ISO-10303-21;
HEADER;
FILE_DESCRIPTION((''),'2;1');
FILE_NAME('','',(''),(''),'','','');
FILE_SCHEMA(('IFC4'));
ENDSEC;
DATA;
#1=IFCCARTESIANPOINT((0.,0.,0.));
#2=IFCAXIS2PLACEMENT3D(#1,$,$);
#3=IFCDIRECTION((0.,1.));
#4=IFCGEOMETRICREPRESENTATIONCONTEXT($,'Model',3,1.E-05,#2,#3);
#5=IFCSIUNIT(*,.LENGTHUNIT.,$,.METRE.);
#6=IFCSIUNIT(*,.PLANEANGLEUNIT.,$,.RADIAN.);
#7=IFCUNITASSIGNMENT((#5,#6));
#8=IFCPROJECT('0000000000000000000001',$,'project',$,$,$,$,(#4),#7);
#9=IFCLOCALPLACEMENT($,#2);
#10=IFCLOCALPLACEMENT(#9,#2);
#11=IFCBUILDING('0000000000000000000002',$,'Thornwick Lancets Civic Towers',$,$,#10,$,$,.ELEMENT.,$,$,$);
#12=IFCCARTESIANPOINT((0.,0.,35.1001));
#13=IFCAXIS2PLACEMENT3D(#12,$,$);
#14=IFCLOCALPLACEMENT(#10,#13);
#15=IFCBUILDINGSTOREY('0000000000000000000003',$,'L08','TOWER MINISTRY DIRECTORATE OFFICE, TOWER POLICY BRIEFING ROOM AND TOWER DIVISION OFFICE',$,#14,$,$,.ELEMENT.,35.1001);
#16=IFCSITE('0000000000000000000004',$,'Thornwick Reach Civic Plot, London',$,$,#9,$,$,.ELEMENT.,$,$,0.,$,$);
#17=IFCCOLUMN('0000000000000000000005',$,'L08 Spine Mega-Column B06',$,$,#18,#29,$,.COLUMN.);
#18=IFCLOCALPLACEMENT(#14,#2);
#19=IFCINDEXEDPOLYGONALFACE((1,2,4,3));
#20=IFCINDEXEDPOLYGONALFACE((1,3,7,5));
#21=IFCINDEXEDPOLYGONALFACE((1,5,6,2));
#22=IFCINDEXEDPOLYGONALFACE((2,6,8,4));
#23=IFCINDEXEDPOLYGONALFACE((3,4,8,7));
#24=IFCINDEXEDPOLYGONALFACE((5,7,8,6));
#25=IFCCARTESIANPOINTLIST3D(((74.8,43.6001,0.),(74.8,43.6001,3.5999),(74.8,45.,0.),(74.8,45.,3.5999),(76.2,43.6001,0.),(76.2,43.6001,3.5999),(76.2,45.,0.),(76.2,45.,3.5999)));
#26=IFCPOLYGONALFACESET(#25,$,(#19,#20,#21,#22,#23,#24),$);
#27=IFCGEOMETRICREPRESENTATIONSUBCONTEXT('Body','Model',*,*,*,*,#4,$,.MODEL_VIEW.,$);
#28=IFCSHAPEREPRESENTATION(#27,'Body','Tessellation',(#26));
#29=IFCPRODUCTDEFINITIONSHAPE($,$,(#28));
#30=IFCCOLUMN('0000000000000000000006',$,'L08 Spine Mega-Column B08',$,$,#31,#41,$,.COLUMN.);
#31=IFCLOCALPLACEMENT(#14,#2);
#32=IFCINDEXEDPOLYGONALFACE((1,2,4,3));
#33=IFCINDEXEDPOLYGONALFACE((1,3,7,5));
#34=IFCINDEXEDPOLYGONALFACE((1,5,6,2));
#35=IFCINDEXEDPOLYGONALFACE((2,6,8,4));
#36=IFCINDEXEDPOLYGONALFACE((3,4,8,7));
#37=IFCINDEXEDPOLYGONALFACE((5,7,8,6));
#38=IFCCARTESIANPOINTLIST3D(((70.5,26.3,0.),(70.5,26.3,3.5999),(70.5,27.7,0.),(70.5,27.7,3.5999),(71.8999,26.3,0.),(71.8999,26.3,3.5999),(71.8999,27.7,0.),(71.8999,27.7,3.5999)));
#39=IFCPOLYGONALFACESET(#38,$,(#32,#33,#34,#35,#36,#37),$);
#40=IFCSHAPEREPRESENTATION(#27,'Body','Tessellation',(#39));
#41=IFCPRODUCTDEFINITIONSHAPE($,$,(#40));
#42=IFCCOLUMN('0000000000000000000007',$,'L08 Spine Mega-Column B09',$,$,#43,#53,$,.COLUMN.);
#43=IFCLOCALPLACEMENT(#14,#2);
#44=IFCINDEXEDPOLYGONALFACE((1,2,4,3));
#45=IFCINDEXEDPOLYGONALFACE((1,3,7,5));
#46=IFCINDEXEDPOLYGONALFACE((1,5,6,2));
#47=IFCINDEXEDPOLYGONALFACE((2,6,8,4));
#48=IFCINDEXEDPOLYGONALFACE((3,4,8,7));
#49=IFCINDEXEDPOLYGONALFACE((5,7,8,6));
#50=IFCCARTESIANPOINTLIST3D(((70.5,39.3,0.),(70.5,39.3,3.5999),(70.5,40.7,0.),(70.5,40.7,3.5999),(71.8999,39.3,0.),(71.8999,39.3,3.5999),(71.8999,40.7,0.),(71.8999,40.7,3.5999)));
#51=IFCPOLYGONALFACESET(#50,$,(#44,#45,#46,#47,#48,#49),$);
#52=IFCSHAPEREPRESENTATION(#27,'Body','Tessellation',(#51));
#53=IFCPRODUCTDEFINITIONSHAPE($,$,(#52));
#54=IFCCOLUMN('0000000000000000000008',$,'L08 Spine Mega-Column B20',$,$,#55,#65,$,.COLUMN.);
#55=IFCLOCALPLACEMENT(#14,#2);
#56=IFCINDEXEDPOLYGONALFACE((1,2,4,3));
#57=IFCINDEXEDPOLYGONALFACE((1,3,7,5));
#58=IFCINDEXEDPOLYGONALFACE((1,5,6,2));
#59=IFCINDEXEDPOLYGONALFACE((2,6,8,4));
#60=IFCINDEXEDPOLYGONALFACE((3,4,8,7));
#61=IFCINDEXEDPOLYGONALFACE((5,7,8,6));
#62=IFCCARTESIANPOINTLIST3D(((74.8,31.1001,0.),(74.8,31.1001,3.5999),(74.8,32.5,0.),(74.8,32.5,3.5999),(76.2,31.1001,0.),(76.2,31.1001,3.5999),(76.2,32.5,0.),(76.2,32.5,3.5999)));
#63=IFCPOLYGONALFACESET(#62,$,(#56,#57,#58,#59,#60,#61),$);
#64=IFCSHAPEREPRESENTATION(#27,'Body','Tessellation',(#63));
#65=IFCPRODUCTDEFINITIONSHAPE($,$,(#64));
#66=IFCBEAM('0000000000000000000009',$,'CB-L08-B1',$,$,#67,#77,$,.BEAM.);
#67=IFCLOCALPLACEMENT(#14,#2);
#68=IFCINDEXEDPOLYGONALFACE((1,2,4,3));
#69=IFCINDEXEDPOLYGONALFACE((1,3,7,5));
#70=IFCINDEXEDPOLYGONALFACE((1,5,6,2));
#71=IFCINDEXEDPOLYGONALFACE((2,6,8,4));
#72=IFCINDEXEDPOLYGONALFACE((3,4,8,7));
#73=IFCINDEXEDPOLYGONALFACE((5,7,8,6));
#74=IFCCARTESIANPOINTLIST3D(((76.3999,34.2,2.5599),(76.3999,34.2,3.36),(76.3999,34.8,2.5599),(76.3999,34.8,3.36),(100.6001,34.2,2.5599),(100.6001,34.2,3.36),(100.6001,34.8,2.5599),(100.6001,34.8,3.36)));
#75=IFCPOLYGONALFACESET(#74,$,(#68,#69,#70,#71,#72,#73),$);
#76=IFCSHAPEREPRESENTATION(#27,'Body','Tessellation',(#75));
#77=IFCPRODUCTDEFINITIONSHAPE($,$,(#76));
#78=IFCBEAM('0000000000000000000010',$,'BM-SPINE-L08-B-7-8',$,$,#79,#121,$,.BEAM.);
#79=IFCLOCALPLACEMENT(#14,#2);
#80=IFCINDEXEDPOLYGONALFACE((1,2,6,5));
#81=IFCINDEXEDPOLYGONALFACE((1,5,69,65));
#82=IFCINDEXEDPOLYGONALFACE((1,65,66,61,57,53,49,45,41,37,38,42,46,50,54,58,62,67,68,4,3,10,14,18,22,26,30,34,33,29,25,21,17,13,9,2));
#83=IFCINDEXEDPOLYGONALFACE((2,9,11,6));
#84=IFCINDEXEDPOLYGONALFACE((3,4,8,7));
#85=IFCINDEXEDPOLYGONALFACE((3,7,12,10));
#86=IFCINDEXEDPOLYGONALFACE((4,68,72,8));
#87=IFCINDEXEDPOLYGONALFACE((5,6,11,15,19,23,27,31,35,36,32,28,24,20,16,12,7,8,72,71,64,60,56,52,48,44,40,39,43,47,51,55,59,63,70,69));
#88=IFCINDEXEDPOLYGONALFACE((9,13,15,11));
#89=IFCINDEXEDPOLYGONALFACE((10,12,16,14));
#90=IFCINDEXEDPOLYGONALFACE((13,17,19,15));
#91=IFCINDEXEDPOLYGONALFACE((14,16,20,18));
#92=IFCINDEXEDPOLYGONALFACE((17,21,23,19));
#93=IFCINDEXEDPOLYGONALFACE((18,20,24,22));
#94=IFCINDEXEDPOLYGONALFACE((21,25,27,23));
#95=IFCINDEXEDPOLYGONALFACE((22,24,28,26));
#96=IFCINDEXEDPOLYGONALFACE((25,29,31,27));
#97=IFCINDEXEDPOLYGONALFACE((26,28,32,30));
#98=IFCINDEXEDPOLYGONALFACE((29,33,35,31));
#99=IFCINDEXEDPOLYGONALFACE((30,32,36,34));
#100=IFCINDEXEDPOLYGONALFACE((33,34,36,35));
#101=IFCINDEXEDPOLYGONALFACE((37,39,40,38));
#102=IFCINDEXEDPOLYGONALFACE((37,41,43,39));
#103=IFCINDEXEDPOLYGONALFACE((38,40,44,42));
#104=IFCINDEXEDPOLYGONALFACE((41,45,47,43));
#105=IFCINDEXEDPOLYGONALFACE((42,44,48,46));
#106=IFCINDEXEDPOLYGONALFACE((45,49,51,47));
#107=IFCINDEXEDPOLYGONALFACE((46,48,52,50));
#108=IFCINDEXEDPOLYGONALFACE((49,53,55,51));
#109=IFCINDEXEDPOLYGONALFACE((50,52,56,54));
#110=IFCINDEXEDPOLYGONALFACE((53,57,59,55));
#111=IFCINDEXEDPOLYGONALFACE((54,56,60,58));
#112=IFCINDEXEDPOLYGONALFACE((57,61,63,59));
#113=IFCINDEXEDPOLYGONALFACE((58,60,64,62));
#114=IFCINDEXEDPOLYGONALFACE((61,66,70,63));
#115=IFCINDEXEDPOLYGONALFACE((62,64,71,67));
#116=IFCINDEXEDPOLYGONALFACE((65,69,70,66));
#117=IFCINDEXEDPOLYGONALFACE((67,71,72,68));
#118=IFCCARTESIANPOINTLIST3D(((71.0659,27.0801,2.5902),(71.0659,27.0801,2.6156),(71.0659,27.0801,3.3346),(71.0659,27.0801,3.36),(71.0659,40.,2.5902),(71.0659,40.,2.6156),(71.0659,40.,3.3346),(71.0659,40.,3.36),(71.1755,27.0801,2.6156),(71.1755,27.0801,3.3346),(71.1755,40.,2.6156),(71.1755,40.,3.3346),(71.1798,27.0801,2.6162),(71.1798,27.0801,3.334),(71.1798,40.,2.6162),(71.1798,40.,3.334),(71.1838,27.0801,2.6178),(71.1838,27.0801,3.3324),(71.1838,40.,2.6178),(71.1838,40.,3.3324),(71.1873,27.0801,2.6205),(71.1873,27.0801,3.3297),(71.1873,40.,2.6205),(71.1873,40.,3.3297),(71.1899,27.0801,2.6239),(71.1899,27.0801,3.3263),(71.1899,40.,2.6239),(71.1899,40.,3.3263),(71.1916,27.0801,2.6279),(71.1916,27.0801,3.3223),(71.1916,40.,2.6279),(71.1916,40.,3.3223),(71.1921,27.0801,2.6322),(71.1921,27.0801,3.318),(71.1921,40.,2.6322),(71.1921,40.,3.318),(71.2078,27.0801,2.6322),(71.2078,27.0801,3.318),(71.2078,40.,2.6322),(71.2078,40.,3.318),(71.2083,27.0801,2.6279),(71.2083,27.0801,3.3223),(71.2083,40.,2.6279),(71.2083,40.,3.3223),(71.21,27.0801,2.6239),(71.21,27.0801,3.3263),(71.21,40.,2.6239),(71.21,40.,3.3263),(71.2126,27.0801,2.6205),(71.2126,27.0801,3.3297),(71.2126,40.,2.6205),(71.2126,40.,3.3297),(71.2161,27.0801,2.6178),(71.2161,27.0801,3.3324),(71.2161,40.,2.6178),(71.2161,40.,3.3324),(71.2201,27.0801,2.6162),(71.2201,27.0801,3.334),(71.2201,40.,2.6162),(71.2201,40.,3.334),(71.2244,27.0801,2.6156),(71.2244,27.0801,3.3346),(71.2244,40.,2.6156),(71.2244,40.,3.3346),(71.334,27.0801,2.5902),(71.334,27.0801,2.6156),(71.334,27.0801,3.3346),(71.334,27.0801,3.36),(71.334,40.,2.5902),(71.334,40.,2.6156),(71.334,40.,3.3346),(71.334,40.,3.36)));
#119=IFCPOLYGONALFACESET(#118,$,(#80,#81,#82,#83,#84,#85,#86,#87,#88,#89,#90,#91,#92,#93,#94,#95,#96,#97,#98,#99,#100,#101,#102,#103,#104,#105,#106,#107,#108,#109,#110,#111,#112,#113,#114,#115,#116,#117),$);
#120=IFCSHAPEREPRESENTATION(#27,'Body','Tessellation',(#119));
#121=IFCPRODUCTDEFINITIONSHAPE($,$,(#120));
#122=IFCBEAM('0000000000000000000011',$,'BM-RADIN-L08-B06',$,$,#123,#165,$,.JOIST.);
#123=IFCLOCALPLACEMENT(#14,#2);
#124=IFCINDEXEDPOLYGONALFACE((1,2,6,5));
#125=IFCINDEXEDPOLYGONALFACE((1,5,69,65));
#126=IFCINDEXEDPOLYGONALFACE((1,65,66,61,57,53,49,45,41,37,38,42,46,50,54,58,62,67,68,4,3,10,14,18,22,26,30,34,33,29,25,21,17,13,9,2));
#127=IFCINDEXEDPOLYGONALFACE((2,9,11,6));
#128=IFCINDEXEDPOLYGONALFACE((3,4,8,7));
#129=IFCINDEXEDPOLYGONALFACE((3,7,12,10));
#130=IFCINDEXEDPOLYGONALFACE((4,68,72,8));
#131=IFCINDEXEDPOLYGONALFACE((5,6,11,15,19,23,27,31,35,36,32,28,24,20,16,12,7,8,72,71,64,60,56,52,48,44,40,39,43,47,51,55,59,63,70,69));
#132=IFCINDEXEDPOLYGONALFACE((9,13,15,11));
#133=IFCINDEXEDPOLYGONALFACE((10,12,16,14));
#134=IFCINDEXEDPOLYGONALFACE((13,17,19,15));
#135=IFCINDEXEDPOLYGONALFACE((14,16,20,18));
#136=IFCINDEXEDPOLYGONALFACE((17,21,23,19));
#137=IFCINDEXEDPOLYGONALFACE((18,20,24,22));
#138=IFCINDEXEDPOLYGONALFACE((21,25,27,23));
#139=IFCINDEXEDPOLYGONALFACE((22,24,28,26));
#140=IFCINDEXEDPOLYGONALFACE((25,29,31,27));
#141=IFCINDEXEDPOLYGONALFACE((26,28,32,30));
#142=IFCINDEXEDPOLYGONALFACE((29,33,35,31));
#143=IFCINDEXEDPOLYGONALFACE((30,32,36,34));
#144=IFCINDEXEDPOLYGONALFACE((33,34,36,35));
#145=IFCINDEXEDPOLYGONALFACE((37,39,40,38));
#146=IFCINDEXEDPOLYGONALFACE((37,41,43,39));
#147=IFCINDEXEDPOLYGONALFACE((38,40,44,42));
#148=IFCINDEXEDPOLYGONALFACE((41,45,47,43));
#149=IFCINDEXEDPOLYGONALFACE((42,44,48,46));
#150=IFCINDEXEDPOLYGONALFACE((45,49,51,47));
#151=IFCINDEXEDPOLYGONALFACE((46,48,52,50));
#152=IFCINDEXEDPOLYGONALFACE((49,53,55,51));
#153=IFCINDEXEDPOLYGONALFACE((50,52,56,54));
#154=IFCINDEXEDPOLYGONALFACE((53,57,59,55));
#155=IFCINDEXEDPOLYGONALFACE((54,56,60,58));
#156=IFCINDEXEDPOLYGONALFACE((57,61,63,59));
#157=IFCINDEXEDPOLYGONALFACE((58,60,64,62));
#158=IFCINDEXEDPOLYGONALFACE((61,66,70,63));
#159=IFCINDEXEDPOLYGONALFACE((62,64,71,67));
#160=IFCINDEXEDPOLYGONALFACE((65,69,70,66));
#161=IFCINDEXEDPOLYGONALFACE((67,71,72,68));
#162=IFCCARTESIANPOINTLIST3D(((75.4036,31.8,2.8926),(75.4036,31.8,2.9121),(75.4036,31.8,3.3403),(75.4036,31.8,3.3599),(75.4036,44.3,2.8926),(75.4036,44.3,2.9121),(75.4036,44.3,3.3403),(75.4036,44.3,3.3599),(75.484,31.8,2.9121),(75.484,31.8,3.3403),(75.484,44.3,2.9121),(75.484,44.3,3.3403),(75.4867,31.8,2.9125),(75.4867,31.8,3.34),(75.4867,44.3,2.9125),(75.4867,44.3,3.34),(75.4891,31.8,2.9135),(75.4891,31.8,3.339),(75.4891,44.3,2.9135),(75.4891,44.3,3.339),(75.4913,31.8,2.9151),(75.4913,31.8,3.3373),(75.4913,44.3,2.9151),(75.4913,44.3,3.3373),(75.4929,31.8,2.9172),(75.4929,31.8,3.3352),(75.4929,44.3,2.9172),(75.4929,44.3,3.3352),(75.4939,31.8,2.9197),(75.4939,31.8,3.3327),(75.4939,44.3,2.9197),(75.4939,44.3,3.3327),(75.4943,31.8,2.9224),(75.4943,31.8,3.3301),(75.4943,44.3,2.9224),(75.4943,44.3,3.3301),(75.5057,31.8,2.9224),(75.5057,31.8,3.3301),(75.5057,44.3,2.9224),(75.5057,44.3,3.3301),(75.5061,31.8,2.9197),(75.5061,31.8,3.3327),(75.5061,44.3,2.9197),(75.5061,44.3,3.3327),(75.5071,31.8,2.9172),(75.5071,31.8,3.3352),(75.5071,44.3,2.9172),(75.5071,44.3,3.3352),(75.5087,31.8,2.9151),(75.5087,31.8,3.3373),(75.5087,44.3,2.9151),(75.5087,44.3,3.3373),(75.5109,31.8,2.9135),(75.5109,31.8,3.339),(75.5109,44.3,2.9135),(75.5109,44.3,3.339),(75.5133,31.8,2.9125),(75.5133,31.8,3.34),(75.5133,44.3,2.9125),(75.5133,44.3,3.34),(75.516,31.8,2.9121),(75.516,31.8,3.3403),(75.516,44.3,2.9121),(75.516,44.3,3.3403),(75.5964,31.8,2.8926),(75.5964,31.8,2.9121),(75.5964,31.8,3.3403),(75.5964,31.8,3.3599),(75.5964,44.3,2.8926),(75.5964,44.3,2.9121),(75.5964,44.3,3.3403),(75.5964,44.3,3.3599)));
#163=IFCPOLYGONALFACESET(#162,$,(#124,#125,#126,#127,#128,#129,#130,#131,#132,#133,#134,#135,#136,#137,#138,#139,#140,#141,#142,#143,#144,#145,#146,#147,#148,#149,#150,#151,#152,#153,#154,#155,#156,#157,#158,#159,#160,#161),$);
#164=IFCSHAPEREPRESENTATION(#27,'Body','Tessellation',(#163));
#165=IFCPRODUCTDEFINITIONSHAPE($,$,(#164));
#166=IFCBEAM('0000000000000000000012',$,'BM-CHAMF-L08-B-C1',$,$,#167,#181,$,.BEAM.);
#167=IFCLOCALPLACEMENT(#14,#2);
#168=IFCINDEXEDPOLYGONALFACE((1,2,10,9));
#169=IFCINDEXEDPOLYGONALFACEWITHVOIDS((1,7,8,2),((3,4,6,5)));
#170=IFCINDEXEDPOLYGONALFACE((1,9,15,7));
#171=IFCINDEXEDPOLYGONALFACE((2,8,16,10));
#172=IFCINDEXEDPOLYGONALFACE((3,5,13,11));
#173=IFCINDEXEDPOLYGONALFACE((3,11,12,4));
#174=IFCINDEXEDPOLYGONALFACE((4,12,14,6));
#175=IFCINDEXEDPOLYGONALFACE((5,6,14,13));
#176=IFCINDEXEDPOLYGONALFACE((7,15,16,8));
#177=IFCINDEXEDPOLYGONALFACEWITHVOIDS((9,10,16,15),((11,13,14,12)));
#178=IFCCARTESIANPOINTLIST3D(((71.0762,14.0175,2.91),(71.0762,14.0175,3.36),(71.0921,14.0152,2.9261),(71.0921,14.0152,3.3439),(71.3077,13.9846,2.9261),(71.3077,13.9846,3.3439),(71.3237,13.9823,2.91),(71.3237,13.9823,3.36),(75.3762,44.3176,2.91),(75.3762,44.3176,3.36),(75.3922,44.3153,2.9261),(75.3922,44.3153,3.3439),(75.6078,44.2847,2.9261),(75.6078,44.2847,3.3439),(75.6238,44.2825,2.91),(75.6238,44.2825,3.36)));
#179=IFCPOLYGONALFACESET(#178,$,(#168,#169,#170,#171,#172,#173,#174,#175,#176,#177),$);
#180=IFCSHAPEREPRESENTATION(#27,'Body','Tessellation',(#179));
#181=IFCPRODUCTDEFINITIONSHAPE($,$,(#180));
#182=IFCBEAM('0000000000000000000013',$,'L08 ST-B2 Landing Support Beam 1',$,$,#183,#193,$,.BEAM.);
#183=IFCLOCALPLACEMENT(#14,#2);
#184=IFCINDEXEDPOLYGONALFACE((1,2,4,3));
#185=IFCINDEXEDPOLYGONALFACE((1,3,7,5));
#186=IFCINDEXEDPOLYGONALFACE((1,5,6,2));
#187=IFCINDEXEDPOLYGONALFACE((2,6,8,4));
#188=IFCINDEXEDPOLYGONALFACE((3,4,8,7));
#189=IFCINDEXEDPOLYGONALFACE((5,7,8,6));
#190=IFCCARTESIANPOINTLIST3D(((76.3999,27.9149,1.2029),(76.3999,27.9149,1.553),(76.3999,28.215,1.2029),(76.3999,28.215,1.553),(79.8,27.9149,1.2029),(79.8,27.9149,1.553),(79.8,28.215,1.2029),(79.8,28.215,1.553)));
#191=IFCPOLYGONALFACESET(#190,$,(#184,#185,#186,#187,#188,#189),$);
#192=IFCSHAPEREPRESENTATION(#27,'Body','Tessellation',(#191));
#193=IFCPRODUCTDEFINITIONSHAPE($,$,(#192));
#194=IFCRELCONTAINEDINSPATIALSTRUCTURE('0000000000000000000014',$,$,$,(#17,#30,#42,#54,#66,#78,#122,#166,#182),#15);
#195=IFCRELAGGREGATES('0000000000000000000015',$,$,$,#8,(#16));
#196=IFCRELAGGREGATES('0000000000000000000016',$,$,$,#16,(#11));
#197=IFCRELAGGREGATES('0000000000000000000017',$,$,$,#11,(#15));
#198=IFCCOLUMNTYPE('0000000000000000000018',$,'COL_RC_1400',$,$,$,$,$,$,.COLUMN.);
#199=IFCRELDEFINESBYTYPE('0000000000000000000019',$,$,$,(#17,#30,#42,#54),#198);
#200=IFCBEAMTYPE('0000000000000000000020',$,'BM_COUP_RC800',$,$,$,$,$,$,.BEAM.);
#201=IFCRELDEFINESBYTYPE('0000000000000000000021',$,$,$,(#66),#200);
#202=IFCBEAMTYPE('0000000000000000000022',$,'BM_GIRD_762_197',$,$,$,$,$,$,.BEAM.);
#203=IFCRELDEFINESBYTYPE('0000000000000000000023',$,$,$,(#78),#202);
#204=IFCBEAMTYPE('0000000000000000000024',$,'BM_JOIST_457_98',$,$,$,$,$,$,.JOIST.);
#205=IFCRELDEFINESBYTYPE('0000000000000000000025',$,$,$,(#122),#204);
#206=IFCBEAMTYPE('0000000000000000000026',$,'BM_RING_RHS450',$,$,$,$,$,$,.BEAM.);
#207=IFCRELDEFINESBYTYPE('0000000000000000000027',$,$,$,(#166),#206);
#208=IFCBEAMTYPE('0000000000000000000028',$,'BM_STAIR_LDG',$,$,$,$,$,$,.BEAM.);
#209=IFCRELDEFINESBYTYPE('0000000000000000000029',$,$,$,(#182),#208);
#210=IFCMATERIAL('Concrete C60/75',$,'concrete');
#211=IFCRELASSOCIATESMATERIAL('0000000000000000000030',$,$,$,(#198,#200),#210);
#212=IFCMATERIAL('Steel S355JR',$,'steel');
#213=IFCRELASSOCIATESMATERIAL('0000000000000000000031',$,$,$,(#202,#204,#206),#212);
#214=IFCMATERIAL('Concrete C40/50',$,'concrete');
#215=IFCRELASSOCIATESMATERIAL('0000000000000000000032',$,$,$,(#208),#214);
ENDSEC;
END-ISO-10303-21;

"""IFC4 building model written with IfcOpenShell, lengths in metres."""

from ifc_helpers import new_model, si_unit, direction, frame, origin, origin_2d, place, context, subcontext, project, spatial, rectangle, hollow_rectangle, i_section, extrude, material, material_profile, profile_set, type_object, element, save


model = new_model("IFC4")

# Units and contexts
model_context = context("Model", 3, precision=1e-05, world=origin(), true_north=direction((0.0, 1.0)))
body_context = subcontext(model_context, "Body", "Model", "MODEL_VIEW")
ifc_project = project(units=[si_unit("LENGTHUNIT", "METRE"), si_unit("PLANEANGLEUNIT", "RADIAN")], contexts=[model_context])

# Site, building, storey
site_placement = place(None, origin())
site = spatial("IfcSite", under=ifc_project, at=site_placement, Name="Thornwick Reach Civic Plot, London", CompositionType="ELEMENT", RefElevation=0.0)
building_placement = place(site_placement, origin())
building = spatial("IfcBuilding", under=site, at=building_placement, Name="Thornwick Lancets Civic Towers", CompositionType="ELEMENT")
storey_placement = place(building_placement, frame((0.0, 0.0, 35.1001)))
storey = spatial("IfcBuildingStorey", under=building, at=storey_placement, Name="L08", Description="TOWER MINISTRY DIRECTORATE OFFICE, TOWER POLICY BRIEFING ROOM AND TOWER DIVISION OFFICE", CompositionType="ELEMENT", Elevation=35.1001)

# Columns
ifc_material_1 = material(Name="Concrete C60/75", Category="concrete")
ifc_material_profile_1 = material_profile(ifc_material_1, rectangle(XDim=1.3999, YDim=1.3999, at=origin_2d()), Name="RC 1400x1400")
ifc_profile_set_1 = profile_set([ifc_material_profile_1], Name="Concrete C60/75")
column_type = type_object("IfcColumnType", Name="COL_RC_1400", PredefinedType="COLUMN", material=ifc_profile_set_1)
for number, where, z_axis, x_axis, name in (
    (1, (75.5, 44.3, 0.0), (0.0, 0.0, 1.0), (1.0, 0.0, 0.0), "L08 Spine Mega-Column B06"),
    (2, (71.2, 27.0, 0.0), (0.0, 0.0, 1.0), (1.0, 0.0, 0.0), "L08 Spine Mega-Column B08"),
    (3, (71.2, 40.0, 0.0), (0.0, 0.0, 1.0), (1.0, 0.0, 0.0), "L08 Spine Mega-Column B09"),
    (4, (75.5, 31.8, 0.0), (0.0, 0.0, 1.0), (1.0, 0.0, 0.0), "L08 Spine Mega-Column B20"),
):
    element("IfcColumn", number, at=place(storey_placement, frame(where, z_axis=z_axis, x_axis=x_axis)), inside=storey, type_object=column_type, Name=name, PredefinedType="COLUMN", context=body_context, shape_type="SweptSolid", body=[
        extrude(rectangle(XDim=1.3999, YDim=1.3999, at=origin_2d()), origin(), (0.0, 0.0, 1.0), 3.5999),
    ])

# Beams
ifc_material_profile_2 = material_profile(ifc_material_1, rectangle(XDim=0.6001, YDim=0.8, at=origin_2d()), Name="RC 600x800")
ifc_profile_set_2 = profile_set([ifc_material_profile_2], Name="Concrete C60/75")
beam_type_1 = type_object("IfcBeamType", Name="BM_COUP_RC800", PredefinedType="BEAM", material=ifc_profile_set_2)
beam_1_placement = place(storey_placement, frame((76.3999, 34.5, 2.96), z_axis=(1.0, 0.0, 0.0), x_axis=(0.0, 1.0, 0.0)))
element("IfcBeam", 5, at=beam_1_placement, inside=storey, type_object=beam_type_1, Name="CB-L08-B1", PredefinedType="BEAM", context=body_context, shape_type="SweptSolid", body=[
    extrude(rectangle(XDim=0.6001, YDim=0.8, at=origin_2d()), origin(), (0.0, 0.0, 1.0), 24.2002),
])
ifc_material_2 = material(Name="Steel S355JR", Category="steel")
ifc_material_profile_3 = material_profile(ifc_material_2, i_section(OverallWidth=0.2681, OverallDepth=0.7698, WebThickness=0.0156, FlangeThickness=0.0254, FilletRadius=0.0166, at=origin_2d()), Name="UKB 762x267x197")
ifc_profile_set_3 = profile_set([ifc_material_profile_3], Name="Steel S355JR")
beam_type_2 = type_object("IfcBeamType", Name="BM_GIRD_762_197", PredefinedType="BEAM", material=ifc_profile_set_3)
beam_2_placement = place(storey_placement, frame((71.2, 27.0801, 2.9751), z_axis=(0.0, 1.0, 0.0), x_axis=(-1.0, 0.0, 0.0)))
element("IfcBeam", 6, at=beam_2_placement, inside=storey, type_object=beam_type_2, Name="BM-SPINE-L08-B-7-8", PredefinedType="BEAM", context=body_context, shape_type="SweptSolid", body=[
    extrude(i_section(OverallWidth=0.2681, OverallDepth=0.7698, WebThickness=0.0156, FlangeThickness=0.0254, FilletRadius=0.0166, at=origin_2d()), origin(), (0.0, 0.0, 1.0), 12.9199),
])
ifc_material_profile_4 = material_profile(ifc_material_2, i_section(OverallWidth=0.1929, OverallDepth=0.4673, WebThickness=0.0115, FlangeThickness=0.0195, FilletRadius=0.0103, at=origin_2d()), Name="UKB 457x191x98")
ifc_profile_set_4 = profile_set([ifc_material_profile_4], Name="Steel S355JR")
beam_type_3 = type_object("IfcBeamType", Name="BM_JOIST_457_98", PredefinedType="JOIST", material=ifc_profile_set_4)
beam_3_placement = place(storey_placement, frame((75.5, 31.8, 3.1262), z_axis=(0.0, 1.0, 0.0), x_axis=(-1.0, 0.0, 0.0)))
element("IfcBeam", 7, at=beam_3_placement, inside=storey, type_object=beam_type_3, Name="BM-RADIN-L08-B06", PredefinedType="JOIST", context=body_context, shape_type="SweptSolid", body=[
    extrude(i_section(OverallWidth=0.1929, OverallDepth=0.4673, WebThickness=0.0115, FlangeThickness=0.0195, FilletRadius=0.0103, at=origin_2d()), origin(), (0.0, 0.0, 1.0), 12.5),
])
ifc_material_profile_5 = material_profile(ifc_material_2, hollow_rectangle(XDim=0.25, YDim=0.45, WallThickness=0.0161, at=origin_2d()), Name="RHS 450x250x16")
ifc_profile_set_5 = profile_set([ifc_material_profile_5], Name="Steel S355JR")
beam_type_4 = type_object("IfcBeamType", Name="BM_RING_RHS450", PredefinedType="BEAM", material=ifc_profile_set_5)
beam_4_placement = place(storey_placement, frame((75.5, 44.3, 3.135), z_axis=(-0.140508, -0.99008, 0.0), x_axis=(0.99008, -0.140508, 0.0)))
element("IfcBeam", 8, at=beam_4_placement, inside=storey, type_object=beam_type_4, Name="BM-CHAMF-L08-B-C1", PredefinedType="BEAM", context=body_context, shape_type="SweptSolid", body=[
    extrude(hollow_rectangle(XDim=0.25, YDim=0.45, WallThickness=0.0161, at=origin_2d()), origin(), (0.0, 0.0, 1.0), 30.6038),
])
ifc_material_3 = material(Name="Concrete C40/50", Category="concrete")
ifc_material_profile_6 = material_profile(ifc_material_3, rectangle(XDim=0.3, YDim=0.3501, at=origin_2d()), Name="RC 300x350")
ifc_profile_set_6 = profile_set([ifc_material_profile_6], Name="Concrete C40/50")
beam_type_5 = type_object("IfcBeamType", Name="BM_STAIR_LDG", PredefinedType="BEAM", material=ifc_profile_set_6)
beam_5_placement = place(storey_placement, frame((76.3999, 28.0649, 1.3779), z_axis=(1.0, 0.0, 0.0), x_axis=(0.0, 1.0, 0.0)))
element("IfcBeam", 9, at=beam_5_placement, inside=storey, type_object=beam_type_5, Name="L08 ST-B2 Landing Support Beam 1", PredefinedType="BEAM", context=body_context, shape_type="SweptSolid", body=[
    extrude(rectangle(XDim=0.3, YDim=0.3501, at=origin_2d()), origin(), (0.0, 0.0, 1.0), 3.4001),
])

save(model, "model.ifc")
